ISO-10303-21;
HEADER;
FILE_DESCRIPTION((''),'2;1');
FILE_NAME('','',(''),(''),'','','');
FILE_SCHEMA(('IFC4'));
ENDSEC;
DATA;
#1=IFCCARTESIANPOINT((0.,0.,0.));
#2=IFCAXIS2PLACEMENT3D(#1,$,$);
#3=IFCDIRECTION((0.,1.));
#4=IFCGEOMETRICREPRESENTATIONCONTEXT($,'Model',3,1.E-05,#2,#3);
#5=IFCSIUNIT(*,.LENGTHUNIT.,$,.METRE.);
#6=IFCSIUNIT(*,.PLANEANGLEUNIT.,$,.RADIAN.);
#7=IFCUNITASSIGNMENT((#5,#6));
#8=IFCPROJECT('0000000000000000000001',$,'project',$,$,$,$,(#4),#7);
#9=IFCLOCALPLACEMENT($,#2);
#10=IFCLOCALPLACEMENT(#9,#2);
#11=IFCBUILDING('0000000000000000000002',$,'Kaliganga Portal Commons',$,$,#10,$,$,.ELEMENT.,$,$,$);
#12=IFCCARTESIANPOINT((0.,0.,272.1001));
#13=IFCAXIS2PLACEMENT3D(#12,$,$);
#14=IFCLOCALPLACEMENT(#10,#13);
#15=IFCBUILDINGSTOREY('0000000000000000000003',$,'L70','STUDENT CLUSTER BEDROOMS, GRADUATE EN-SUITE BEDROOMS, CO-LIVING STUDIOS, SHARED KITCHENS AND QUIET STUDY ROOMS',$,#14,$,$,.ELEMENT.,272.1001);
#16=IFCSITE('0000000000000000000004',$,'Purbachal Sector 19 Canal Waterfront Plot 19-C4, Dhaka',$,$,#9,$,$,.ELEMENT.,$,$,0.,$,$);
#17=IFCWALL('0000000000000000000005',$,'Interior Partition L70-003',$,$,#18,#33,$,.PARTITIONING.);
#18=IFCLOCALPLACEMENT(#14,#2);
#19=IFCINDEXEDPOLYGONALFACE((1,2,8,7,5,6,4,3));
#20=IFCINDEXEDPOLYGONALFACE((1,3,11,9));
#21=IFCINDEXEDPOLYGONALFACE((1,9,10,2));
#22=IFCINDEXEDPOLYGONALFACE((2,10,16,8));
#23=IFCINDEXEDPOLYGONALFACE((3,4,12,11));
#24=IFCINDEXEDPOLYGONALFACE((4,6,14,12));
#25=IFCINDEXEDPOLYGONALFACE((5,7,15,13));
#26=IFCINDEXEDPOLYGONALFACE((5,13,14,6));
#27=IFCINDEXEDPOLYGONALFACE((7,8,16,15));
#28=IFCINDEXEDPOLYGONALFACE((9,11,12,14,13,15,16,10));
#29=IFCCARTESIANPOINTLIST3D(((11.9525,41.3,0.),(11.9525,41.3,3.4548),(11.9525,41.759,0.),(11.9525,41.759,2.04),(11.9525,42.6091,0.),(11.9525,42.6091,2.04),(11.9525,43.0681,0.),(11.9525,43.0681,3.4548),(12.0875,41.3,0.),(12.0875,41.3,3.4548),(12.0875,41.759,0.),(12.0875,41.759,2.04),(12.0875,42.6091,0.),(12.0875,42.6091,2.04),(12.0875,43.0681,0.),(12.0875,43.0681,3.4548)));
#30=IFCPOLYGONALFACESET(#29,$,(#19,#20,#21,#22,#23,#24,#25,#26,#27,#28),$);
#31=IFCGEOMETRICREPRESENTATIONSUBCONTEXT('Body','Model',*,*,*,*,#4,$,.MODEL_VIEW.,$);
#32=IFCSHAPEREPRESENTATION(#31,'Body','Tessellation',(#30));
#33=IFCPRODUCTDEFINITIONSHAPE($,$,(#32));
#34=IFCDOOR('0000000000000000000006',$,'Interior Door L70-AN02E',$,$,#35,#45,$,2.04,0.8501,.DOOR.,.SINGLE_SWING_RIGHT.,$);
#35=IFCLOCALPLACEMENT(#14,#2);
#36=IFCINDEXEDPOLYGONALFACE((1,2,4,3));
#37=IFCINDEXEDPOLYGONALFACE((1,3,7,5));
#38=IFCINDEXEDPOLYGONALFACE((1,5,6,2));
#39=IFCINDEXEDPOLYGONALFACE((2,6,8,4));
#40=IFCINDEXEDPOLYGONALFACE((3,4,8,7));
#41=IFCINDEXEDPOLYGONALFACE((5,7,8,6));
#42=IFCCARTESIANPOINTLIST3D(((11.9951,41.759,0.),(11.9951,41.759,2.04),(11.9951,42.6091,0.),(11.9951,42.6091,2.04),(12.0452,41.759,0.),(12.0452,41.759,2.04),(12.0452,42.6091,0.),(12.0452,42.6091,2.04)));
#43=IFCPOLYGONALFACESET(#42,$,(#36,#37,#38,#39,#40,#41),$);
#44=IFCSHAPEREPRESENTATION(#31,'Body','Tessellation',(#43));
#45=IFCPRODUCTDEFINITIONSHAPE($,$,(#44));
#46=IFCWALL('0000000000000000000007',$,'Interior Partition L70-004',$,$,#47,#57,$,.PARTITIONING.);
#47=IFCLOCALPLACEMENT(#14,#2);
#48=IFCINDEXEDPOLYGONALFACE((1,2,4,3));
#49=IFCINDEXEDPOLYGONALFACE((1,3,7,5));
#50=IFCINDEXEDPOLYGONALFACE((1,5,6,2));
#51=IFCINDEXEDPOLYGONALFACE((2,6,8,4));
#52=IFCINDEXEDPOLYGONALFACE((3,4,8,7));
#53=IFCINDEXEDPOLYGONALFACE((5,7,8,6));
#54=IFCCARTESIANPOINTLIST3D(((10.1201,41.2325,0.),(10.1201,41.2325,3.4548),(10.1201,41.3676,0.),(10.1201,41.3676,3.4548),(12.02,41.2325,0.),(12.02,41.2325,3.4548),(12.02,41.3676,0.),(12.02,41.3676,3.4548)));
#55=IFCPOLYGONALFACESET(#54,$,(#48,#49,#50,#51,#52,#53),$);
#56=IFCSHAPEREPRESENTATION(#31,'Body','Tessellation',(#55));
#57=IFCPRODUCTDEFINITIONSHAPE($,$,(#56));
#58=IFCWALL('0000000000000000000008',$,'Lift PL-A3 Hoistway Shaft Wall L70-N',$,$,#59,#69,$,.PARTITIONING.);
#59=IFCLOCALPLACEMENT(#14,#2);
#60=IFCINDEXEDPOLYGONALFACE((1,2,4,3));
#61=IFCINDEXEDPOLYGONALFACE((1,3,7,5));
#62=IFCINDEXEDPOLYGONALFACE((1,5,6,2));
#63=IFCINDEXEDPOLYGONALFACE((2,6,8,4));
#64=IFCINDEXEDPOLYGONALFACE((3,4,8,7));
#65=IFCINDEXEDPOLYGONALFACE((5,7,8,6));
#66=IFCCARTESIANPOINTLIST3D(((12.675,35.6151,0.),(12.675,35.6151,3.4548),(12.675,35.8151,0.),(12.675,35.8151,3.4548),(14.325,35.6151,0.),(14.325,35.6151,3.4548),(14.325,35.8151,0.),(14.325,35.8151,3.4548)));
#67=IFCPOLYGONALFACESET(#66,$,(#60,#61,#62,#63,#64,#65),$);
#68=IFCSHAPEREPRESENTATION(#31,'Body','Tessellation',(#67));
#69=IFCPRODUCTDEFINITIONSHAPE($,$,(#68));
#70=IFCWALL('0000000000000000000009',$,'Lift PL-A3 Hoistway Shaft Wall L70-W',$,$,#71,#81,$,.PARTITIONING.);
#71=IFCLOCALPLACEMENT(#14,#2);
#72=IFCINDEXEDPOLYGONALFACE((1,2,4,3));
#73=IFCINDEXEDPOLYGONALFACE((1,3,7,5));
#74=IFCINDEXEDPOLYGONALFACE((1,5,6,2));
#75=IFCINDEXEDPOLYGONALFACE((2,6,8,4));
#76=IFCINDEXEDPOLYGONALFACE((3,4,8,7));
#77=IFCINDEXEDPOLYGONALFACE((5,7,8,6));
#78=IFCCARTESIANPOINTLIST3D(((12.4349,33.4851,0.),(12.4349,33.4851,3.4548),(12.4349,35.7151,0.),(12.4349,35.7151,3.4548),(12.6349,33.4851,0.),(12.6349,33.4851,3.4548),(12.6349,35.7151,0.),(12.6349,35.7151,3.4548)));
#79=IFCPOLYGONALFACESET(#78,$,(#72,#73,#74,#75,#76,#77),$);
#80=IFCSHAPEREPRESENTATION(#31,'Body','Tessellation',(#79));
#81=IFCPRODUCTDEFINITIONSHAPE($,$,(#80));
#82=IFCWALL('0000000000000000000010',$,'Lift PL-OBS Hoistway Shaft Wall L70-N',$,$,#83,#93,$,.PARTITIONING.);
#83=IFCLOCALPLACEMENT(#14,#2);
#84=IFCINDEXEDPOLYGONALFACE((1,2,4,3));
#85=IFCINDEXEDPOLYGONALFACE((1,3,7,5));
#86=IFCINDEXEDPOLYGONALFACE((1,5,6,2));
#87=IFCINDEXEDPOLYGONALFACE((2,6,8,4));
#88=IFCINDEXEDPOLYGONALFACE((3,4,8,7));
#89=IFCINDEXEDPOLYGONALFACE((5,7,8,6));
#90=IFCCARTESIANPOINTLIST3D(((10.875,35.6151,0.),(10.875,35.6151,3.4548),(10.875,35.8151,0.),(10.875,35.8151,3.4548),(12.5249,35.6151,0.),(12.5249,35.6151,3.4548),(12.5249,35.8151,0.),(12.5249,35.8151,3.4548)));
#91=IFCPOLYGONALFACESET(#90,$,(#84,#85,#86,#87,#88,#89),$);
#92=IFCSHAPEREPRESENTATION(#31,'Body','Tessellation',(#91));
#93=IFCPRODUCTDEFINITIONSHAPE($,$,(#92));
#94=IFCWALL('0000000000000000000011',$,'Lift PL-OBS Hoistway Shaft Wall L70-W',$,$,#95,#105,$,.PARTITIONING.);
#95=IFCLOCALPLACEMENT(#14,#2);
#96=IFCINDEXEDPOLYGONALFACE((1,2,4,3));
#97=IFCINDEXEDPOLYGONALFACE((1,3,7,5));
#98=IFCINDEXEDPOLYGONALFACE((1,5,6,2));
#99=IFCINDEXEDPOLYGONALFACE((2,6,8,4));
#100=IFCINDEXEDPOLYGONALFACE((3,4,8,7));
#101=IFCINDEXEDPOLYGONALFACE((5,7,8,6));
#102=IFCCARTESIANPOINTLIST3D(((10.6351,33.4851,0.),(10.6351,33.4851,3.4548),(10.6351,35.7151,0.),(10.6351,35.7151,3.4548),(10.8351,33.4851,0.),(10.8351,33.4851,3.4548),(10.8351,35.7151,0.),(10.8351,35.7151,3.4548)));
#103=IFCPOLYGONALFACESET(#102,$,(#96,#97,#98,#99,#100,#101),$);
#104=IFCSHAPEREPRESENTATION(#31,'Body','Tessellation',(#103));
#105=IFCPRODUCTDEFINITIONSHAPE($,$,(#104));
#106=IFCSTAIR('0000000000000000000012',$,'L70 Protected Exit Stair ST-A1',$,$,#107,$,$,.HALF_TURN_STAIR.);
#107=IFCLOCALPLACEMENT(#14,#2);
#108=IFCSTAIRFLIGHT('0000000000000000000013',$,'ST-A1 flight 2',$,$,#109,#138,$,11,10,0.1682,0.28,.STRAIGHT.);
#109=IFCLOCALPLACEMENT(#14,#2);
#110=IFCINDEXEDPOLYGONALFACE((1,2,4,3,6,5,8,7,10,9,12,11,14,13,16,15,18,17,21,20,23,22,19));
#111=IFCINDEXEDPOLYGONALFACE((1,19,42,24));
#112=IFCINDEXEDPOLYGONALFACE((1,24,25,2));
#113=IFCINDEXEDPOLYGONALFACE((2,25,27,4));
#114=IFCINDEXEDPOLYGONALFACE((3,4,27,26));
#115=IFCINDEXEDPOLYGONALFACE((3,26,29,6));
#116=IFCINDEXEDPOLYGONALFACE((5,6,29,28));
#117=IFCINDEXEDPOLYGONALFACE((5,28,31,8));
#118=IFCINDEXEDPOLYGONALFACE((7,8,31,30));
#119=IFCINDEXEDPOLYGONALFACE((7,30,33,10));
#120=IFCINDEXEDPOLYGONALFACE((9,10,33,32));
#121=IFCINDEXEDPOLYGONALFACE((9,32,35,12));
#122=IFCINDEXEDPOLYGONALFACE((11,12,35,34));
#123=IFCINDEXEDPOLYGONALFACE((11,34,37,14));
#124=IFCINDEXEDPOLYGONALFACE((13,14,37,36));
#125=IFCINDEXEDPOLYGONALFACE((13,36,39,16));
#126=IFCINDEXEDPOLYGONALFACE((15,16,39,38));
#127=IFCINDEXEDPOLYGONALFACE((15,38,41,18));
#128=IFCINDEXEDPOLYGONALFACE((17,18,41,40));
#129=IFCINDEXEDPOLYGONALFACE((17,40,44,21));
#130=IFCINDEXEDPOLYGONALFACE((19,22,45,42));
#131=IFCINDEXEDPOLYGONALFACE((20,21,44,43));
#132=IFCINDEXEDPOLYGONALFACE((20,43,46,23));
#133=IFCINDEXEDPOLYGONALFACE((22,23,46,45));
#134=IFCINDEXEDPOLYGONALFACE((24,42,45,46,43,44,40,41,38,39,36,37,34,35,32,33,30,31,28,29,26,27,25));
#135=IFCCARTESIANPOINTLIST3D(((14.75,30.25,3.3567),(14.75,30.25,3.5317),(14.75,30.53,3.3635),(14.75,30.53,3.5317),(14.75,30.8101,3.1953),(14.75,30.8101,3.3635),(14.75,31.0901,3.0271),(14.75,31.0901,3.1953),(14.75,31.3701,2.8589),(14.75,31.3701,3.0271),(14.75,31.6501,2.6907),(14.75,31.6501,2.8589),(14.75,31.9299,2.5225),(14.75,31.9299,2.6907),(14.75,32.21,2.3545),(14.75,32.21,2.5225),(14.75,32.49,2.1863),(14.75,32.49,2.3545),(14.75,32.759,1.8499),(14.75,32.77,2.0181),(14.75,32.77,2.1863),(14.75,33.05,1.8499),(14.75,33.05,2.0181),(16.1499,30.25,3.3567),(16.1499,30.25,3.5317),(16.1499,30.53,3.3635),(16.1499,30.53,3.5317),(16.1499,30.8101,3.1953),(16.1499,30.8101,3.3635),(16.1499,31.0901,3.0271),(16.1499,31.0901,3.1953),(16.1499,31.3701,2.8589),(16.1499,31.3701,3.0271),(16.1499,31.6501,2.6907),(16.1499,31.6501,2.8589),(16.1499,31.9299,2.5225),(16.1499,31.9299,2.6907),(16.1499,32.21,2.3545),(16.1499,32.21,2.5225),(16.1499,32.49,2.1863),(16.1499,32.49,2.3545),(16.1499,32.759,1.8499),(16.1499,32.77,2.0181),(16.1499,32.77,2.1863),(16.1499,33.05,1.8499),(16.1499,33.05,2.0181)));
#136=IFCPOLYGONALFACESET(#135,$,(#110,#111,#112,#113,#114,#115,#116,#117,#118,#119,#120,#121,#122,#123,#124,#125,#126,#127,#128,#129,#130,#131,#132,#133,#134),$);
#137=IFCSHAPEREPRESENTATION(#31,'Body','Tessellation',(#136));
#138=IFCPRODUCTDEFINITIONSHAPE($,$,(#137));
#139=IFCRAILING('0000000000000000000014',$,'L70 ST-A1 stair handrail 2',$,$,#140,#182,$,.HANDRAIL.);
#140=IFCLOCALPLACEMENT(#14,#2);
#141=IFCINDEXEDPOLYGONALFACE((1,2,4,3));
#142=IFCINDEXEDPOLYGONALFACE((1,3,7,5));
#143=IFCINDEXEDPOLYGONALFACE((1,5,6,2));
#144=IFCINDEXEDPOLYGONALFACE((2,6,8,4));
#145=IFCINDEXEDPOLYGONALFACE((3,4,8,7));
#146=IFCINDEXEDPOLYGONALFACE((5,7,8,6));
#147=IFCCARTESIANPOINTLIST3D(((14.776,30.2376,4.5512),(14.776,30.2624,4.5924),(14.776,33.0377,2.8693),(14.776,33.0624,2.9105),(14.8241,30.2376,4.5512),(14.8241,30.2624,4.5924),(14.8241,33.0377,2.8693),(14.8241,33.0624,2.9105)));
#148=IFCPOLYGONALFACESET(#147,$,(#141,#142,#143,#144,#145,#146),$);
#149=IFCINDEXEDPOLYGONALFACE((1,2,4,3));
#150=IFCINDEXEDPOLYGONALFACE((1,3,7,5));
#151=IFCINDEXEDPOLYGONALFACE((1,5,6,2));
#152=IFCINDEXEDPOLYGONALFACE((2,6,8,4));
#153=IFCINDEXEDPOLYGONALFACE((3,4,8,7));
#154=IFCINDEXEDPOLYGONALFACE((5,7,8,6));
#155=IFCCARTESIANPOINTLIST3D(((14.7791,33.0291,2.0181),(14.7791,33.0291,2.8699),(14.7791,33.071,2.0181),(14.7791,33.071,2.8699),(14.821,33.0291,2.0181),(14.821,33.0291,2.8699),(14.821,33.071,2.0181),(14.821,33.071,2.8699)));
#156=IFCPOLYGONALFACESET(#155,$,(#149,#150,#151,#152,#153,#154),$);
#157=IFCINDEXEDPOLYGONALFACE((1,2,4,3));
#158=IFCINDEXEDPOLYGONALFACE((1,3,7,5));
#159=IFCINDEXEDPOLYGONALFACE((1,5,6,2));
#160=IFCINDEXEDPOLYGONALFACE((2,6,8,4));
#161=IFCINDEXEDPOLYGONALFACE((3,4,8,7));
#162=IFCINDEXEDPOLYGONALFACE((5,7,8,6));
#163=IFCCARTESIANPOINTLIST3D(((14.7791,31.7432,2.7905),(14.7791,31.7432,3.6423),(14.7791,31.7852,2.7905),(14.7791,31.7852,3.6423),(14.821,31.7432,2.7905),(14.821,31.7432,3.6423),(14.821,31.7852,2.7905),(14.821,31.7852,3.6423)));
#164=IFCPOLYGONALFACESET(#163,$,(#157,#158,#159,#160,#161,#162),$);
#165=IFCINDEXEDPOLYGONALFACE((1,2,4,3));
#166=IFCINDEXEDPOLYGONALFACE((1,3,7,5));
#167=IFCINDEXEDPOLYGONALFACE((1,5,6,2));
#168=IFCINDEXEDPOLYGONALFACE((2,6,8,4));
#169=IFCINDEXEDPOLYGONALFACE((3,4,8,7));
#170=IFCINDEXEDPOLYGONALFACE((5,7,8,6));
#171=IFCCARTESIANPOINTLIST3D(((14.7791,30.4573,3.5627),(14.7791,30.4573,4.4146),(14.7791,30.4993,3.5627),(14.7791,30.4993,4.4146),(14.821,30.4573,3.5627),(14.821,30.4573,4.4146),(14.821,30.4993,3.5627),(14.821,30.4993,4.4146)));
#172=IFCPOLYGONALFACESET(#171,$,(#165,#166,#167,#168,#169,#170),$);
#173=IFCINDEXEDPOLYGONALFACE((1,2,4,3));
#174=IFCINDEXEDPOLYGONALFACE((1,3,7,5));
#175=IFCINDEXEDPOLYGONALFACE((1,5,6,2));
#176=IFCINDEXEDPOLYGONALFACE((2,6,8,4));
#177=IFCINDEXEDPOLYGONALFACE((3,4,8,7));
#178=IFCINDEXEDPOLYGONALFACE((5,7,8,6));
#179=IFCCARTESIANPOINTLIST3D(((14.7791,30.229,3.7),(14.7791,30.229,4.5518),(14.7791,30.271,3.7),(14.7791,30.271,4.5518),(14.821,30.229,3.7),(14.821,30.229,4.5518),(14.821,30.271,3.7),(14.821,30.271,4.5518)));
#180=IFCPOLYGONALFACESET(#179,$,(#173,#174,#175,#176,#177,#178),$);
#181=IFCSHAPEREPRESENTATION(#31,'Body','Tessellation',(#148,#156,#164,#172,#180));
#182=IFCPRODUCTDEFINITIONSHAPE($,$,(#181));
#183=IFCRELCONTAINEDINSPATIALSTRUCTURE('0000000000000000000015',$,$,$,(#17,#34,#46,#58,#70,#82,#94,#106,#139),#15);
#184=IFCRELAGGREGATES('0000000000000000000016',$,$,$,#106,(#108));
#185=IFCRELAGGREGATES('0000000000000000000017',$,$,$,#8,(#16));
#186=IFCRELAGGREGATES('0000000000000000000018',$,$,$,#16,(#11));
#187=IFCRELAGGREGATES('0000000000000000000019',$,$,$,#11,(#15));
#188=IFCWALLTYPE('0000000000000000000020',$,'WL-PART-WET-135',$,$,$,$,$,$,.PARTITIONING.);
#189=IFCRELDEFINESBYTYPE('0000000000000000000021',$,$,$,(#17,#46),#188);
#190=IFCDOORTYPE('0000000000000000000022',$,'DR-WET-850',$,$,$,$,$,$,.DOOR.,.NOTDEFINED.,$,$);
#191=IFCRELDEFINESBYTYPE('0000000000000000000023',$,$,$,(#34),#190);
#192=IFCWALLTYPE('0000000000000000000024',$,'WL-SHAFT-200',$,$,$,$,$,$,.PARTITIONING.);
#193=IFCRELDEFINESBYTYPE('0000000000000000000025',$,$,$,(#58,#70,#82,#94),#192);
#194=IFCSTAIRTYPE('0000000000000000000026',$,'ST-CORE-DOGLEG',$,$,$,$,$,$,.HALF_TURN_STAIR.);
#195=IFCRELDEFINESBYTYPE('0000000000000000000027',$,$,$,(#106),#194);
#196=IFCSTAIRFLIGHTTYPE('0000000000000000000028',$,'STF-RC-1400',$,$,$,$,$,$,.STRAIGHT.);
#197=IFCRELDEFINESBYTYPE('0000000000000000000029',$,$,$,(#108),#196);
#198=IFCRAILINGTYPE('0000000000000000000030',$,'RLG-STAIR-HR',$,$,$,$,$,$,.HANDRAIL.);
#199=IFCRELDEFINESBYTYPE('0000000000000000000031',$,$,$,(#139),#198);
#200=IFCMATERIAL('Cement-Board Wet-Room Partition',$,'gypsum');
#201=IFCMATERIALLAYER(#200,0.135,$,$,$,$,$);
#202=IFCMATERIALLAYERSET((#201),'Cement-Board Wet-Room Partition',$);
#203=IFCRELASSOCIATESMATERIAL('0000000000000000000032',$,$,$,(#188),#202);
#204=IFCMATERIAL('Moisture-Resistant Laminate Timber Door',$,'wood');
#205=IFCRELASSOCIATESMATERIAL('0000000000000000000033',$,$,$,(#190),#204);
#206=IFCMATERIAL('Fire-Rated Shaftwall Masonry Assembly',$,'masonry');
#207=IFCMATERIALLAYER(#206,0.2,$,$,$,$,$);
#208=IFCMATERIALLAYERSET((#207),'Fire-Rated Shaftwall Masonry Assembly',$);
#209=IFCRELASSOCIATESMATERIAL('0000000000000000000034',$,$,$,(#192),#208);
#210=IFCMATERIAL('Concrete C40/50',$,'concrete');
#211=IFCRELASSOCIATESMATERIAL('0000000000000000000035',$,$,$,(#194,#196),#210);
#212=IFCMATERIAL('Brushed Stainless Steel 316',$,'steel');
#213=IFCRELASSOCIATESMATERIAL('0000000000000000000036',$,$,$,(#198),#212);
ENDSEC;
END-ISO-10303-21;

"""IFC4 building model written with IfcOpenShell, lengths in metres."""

from ifc_helpers import new_model, si_unit, direction, frame, frame_2d, origin, origin_2d, place, context, subcontext, project, spatial, polyline, rectangle, outline, extrude, material, layer, layer_set, type_object, element, fill, aggregate, save


model = new_model("IFC4")

# Units and contexts
model_context = context("Model", 3, precision=1e-05, world=origin(), true_north=direction((0.0, 1.0)))
body_context = subcontext(model_context, "Body", "Model", "MODEL_VIEW")
ifc_project = project(units=[si_unit("LENGTHUNIT", "METRE"), si_unit("PLANEANGLEUNIT", "RADIAN")], contexts=[model_context])

# Site, building, storey
site_placement = place(None, origin())
site = spatial("IfcSite", under=ifc_project, at=site_placement, Name="Purbachal Sector 19 Canal Waterfront Plot 19-C4, Dhaka", CompositionType="ELEMENT", RefElevation=0.0)
building_placement = place(site_placement, origin())
building = spatial("IfcBuilding", under=site, at=building_placement, Name="Kaliganga Portal Commons", CompositionType="ELEMENT")
storey_placement = place(building_placement, frame((0.0, 0.0, 272.1001)))
storey = spatial("IfcBuildingStorey", under=building, at=storey_placement, Name="L70", Description="STUDENT CLUSTER BEDROOMS, GRADUATE EN-SUITE BEDROOMS, CO-LIVING STUDIOS, SHARED KITCHENS AND QUIET STUDY ROOMS", CompositionType="ELEMENT", Elevation=272.1001)

# Wall, opening, door
ifc_material_1 = material(Name="Cement-Board Wet-Room Partition", Category="gypsum")
ifc_layer_1 = layer(ifc_material_1, 0.135)
ifc_layer_set_1 = layer_set([ifc_layer_1], Name="Cement-Board Wet-Room Partition")
wall_type_1 = type_object("IfcWallType", Name="WL-PART-WET-135", PredefinedType="PARTITIONING", material=ifc_layer_set_1)
wall_1_placement = place(storey_placement, frame((12.02, 41.3, 0.0), z_axis=(0.0, 0.0, 1.0), x_axis=(0.0, 1.0, 0.0)))
wall_1 = element("IfcWall", 1, at=wall_1_placement, inside=storey, type_object=wall_type_1, Name="Interior Partition L70-003", PredefinedType="PARTITIONING", context=body_context, shape_type="SweptSolid", body=[
    extrude(rectangle(XDim=1.7681, YDim=0.135, at=frame_2d((0.884, 0.0))), origin(), (0.0, 0.0, 1.0), 3.4548),
])
opening_1_placement = place(wall_1_placement, frame((0.459, 0.0, 0.0)))
opening_1 = element("IfcOpeningElement", 2, at=opening_1_placement, cuts=wall_1, PredefinedType="OPENING", context=body_context, shape_type="SweptSolid", body=[
    extrude(rectangle(XDim=0.8501, YDim=2.04, at=frame_2d((0.425, 1.02))), frame((0.0, 0.0776, 0.0), z_axis=(0.0, -1.0, 0.0), x_axis=(1.0, 0.0, 0.0)), (0.0, 0.0, 1.0), 0.155),
])
ifc_material_2 = material(Name="Moisture-Resistant Laminate Timber Door", Category="wood")
door_type_1 = type_object("IfcDoorType", Name="DR-WET-850", OperationType="NOTDEFINED", PredefinedType="DOOR", material=ifc_material_2)
door_1_placement = place(opening_1_placement, origin())
door_1 = element("IfcDoor", 3, at=door_1_placement, inside=storey, type_object=door_type_1, Name="Interior Door L70-AN02E", OperationType="SINGLE_SWING_RIGHT", OverallHeight=2.04, OverallWidth=0.8501, PredefinedType="DOOR", context=body_context, shape_type="SweptSolid", body=[
    extrude(rectangle(XDim=0.8501, YDim=2.04, at=frame_2d((0.425, 1.02))), frame((0.0, 0.0249, 0.0), z_axis=(0.0, -1.0, 0.0), x_axis=(1.0, 0.0, 0.0)), (0.0, 0.0, 1.0), 0.05),
])
fill(opening_1, door_1)

# Wall
wall_2_placement = place(storey_placement, frame((10.1201, 41.3, 0.0), z_axis=(0.0, 0.0, 1.0), x_axis=(1.0, 0.0, 0.0)))
element("IfcWall", 4, at=wall_2_placement, inside=storey, type_object=wall_type_1, Name="Interior Partition L70-004", PredefinedType="PARTITIONING", context=body_context, shape_type="SweptSolid", body=[
    extrude(rectangle(XDim=1.8999, YDim=0.135, at=frame_2d((0.95, 0.0))), origin(), (0.0, 0.0, 1.0), 3.4548),
])

# Shared definitions
ifc_material_3 = material(Name="Fire-Rated Shaftwall Masonry Assembly", Category="masonry")
ifc_layer_2 = layer(ifc_material_3, 0.2)
ifc_layer_set_2 = layer_set([ifc_layer_2], Name="Fire-Rated Shaftwall Masonry Assembly")
wall_type_2 = type_object("IfcWallType", Name="WL-SHAFT-200", PredefinedType="PARTITIONING", material=ifc_layer_set_2)

# Walls
wall_3_placement = place(storey_placement, frame((12.675, 35.7151, 0.0), z_axis=(0.0, 0.0, 1.0), x_axis=(1.0, 0.0, 0.0)))
element("IfcWall", 5, at=wall_3_placement, inside=storey, type_object=wall_type_2, Name="Lift PL-A3 Hoistway Shaft Wall L70-N", PredefinedType="PARTITIONING", context=body_context, shape_type="SweptSolid", body=[
    extrude(rectangle(XDim=1.6499, YDim=0.2, at=frame_2d((0.825, 0.0))), origin(), (0.0, 0.0, 1.0), 3.4548),
])
wall_4_placement = place(storey_placement, frame((12.5349, 33.4851, 0.0), z_axis=(0.0, 0.0, 1.0), x_axis=(0.0, 1.0, 0.0)))
element("IfcWall", 6, at=wall_4_placement, inside=storey, type_object=wall_type_2, Name="Lift PL-A3 Hoistway Shaft Wall L70-W", PredefinedType="PARTITIONING", context=body_context, shape_type="SweptSolid", body=[
    extrude(rectangle(XDim=2.23, YDim=0.2, at=frame_2d((1.115, 0.0))), origin(), (0.0, 0.0, 1.0), 3.4548),
])

# Walls
wall_5_placement = place(storey_placement, frame((10.875, 35.7151, 0.0), z_axis=(0.0, 0.0, 1.0), x_axis=(1.0, 0.0, 0.0)))
element("IfcWall", 7, at=wall_5_placement, inside=storey, type_object=wall_type_2, Name="Lift PL-OBS Hoistway Shaft Wall L70-N", PredefinedType="PARTITIONING", context=body_context, shape_type="SweptSolid", body=[
    extrude(rectangle(XDim=1.6499, YDim=0.2, at=frame_2d((0.825, 0.0))), origin(), (0.0, 0.0, 1.0), 3.4548),
])
wall_6_placement = place(storey_placement, frame((10.7351, 33.4851, 0.0), z_axis=(0.0, 0.0, 1.0), x_axis=(0.0, 1.0, 0.0)))
element("IfcWall", 8, at=wall_6_placement, inside=storey, type_object=wall_type_2, Name="Lift PL-OBS Hoistway Shaft Wall L70-W", PredefinedType="PARTITIONING", context=body_context, shape_type="SweptSolid", body=[
    extrude(rectangle(XDim=2.23, YDim=0.2, at=frame_2d((1.115, 0.0))), origin(), (0.0, 0.0, 1.0), 3.4548),
])

# Stair, stair flight
ifc_material_4 = material(Name="Concrete C40/50", Category="concrete")
stair_type = type_object("IfcStairType", Name="ST-CORE-DOGLEG", PredefinedType="HALF_TURN_STAIR", material=ifc_material_4)
stair_placement = place(storey_placement, origin())
stair = element("IfcStair", 9, at=stair_placement, inside=storey, type_object=stair_type, Name="L70 Protected Exit Stair ST-A1", PredefinedType="HALF_TURN_STAIR")
stair_flight_type = type_object("IfcStairFlightType", Name="STF-RC-1400", PredefinedType="STRAIGHT", material=ifc_material_4)
stair_flight_placement = place(storey_placement, frame((15.45, 33.05, 1.8499), z_axis=(0.0, 0.0, 1.0), x_axis=(0.0, -1.0, 0.0)))
stair_flight = element("IfcStairFlight", 10, at=stair_flight_placement, type_object=stair_flight_type, Name="ST-A1 flight 2", NumberOfRisers=11, NumberOfTreads=10, PredefinedType="STRAIGHT", RiserHeight=0.1682, TreadLength=0.28, context=body_context, shape_type="SweptSolid", body=[
    extrude(outline(polyline([(0.0, 0.0), (0.0, 0.1682), (0.28, 0.1682), (0.28, 0.3364), (0.5601, 0.3364), (0.5601, 0.5046), (0.8401, 0.5046), (0.8401, 0.6726), (1.1201, 0.6726), (1.1201, 0.8408), (1.3999, 0.8408), (1.3999, 1.009), (1.6799, 1.009), (1.6799, 1.1772), (1.96, 1.1772), (1.96, 1.3455), (2.24, 1.3455), (2.24, 1.5137), (2.52, 1.5137), (2.52, 1.6819), (2.8, 1.6819), (2.8, 1.8501), (2.8, 1.5068), (0.291, 0.0), (0.0, 0.0)])), frame((0.0, 0.7, 0.0), z_axis=(0.0, -1.0, 0.0), x_axis=(1.0, 0.0, 0.0)), (0.0, 0.0, 1.0), 1.3999),
])
aggregate(stair, [stair_flight])

# Railing
ifc_material_5 = material(Name="Brushed Stainless Steel 316", Category="steel")
railing_type = type_object("IfcRailingType", Name="RLG-STAIR-HR", PredefinedType="HANDRAIL", material=ifc_material_5)
railing_placement = place(storey_placement, frame((14.8, 33.05, 2.0181)))
element("IfcRailing", 11, at=railing_placement, inside=storey, type_object=railing_type, Name="L70 ST-A1 stair handrail 2", PredefinedType="HANDRAIL", context=body_context, shape_type="SweptSolid", body=[
    extrude(rectangle(XDim=0.0481, YDim=0.0481, at=origin_2d()), frame((0.0, 0.0, 0.8718), z_axis=(0.0, -0.857242, 0.514913), x_axis=(1.0, 0.0, 0.0)), (0.0, 0.0, 1.0), 3.2664),
    extrude(rectangle(XDim=0.042, YDim=0.042, at=origin_2d()), origin(), (0.0, 0.0, 1.0), 0.8518),
    extrude(rectangle(XDim=0.042, YDim=0.042, at=origin_2d()), frame((0.0, -1.2859, 0.7725)), (0.0, 0.0, 1.0), 0.8518),
    extrude(rectangle(XDim=0.042, YDim=0.042, at=origin_2d()), frame((0.0, -2.5718, 1.5447)), (0.0, 0.0, 1.0), 0.8518),
    extrude(rectangle(XDim=0.042, YDim=0.042, at=origin_2d()), frame((0.0, -2.8, 1.6819)), (0.0, 0.0, 1.0), 0.8518),
])

save(model, "model.ifc")
